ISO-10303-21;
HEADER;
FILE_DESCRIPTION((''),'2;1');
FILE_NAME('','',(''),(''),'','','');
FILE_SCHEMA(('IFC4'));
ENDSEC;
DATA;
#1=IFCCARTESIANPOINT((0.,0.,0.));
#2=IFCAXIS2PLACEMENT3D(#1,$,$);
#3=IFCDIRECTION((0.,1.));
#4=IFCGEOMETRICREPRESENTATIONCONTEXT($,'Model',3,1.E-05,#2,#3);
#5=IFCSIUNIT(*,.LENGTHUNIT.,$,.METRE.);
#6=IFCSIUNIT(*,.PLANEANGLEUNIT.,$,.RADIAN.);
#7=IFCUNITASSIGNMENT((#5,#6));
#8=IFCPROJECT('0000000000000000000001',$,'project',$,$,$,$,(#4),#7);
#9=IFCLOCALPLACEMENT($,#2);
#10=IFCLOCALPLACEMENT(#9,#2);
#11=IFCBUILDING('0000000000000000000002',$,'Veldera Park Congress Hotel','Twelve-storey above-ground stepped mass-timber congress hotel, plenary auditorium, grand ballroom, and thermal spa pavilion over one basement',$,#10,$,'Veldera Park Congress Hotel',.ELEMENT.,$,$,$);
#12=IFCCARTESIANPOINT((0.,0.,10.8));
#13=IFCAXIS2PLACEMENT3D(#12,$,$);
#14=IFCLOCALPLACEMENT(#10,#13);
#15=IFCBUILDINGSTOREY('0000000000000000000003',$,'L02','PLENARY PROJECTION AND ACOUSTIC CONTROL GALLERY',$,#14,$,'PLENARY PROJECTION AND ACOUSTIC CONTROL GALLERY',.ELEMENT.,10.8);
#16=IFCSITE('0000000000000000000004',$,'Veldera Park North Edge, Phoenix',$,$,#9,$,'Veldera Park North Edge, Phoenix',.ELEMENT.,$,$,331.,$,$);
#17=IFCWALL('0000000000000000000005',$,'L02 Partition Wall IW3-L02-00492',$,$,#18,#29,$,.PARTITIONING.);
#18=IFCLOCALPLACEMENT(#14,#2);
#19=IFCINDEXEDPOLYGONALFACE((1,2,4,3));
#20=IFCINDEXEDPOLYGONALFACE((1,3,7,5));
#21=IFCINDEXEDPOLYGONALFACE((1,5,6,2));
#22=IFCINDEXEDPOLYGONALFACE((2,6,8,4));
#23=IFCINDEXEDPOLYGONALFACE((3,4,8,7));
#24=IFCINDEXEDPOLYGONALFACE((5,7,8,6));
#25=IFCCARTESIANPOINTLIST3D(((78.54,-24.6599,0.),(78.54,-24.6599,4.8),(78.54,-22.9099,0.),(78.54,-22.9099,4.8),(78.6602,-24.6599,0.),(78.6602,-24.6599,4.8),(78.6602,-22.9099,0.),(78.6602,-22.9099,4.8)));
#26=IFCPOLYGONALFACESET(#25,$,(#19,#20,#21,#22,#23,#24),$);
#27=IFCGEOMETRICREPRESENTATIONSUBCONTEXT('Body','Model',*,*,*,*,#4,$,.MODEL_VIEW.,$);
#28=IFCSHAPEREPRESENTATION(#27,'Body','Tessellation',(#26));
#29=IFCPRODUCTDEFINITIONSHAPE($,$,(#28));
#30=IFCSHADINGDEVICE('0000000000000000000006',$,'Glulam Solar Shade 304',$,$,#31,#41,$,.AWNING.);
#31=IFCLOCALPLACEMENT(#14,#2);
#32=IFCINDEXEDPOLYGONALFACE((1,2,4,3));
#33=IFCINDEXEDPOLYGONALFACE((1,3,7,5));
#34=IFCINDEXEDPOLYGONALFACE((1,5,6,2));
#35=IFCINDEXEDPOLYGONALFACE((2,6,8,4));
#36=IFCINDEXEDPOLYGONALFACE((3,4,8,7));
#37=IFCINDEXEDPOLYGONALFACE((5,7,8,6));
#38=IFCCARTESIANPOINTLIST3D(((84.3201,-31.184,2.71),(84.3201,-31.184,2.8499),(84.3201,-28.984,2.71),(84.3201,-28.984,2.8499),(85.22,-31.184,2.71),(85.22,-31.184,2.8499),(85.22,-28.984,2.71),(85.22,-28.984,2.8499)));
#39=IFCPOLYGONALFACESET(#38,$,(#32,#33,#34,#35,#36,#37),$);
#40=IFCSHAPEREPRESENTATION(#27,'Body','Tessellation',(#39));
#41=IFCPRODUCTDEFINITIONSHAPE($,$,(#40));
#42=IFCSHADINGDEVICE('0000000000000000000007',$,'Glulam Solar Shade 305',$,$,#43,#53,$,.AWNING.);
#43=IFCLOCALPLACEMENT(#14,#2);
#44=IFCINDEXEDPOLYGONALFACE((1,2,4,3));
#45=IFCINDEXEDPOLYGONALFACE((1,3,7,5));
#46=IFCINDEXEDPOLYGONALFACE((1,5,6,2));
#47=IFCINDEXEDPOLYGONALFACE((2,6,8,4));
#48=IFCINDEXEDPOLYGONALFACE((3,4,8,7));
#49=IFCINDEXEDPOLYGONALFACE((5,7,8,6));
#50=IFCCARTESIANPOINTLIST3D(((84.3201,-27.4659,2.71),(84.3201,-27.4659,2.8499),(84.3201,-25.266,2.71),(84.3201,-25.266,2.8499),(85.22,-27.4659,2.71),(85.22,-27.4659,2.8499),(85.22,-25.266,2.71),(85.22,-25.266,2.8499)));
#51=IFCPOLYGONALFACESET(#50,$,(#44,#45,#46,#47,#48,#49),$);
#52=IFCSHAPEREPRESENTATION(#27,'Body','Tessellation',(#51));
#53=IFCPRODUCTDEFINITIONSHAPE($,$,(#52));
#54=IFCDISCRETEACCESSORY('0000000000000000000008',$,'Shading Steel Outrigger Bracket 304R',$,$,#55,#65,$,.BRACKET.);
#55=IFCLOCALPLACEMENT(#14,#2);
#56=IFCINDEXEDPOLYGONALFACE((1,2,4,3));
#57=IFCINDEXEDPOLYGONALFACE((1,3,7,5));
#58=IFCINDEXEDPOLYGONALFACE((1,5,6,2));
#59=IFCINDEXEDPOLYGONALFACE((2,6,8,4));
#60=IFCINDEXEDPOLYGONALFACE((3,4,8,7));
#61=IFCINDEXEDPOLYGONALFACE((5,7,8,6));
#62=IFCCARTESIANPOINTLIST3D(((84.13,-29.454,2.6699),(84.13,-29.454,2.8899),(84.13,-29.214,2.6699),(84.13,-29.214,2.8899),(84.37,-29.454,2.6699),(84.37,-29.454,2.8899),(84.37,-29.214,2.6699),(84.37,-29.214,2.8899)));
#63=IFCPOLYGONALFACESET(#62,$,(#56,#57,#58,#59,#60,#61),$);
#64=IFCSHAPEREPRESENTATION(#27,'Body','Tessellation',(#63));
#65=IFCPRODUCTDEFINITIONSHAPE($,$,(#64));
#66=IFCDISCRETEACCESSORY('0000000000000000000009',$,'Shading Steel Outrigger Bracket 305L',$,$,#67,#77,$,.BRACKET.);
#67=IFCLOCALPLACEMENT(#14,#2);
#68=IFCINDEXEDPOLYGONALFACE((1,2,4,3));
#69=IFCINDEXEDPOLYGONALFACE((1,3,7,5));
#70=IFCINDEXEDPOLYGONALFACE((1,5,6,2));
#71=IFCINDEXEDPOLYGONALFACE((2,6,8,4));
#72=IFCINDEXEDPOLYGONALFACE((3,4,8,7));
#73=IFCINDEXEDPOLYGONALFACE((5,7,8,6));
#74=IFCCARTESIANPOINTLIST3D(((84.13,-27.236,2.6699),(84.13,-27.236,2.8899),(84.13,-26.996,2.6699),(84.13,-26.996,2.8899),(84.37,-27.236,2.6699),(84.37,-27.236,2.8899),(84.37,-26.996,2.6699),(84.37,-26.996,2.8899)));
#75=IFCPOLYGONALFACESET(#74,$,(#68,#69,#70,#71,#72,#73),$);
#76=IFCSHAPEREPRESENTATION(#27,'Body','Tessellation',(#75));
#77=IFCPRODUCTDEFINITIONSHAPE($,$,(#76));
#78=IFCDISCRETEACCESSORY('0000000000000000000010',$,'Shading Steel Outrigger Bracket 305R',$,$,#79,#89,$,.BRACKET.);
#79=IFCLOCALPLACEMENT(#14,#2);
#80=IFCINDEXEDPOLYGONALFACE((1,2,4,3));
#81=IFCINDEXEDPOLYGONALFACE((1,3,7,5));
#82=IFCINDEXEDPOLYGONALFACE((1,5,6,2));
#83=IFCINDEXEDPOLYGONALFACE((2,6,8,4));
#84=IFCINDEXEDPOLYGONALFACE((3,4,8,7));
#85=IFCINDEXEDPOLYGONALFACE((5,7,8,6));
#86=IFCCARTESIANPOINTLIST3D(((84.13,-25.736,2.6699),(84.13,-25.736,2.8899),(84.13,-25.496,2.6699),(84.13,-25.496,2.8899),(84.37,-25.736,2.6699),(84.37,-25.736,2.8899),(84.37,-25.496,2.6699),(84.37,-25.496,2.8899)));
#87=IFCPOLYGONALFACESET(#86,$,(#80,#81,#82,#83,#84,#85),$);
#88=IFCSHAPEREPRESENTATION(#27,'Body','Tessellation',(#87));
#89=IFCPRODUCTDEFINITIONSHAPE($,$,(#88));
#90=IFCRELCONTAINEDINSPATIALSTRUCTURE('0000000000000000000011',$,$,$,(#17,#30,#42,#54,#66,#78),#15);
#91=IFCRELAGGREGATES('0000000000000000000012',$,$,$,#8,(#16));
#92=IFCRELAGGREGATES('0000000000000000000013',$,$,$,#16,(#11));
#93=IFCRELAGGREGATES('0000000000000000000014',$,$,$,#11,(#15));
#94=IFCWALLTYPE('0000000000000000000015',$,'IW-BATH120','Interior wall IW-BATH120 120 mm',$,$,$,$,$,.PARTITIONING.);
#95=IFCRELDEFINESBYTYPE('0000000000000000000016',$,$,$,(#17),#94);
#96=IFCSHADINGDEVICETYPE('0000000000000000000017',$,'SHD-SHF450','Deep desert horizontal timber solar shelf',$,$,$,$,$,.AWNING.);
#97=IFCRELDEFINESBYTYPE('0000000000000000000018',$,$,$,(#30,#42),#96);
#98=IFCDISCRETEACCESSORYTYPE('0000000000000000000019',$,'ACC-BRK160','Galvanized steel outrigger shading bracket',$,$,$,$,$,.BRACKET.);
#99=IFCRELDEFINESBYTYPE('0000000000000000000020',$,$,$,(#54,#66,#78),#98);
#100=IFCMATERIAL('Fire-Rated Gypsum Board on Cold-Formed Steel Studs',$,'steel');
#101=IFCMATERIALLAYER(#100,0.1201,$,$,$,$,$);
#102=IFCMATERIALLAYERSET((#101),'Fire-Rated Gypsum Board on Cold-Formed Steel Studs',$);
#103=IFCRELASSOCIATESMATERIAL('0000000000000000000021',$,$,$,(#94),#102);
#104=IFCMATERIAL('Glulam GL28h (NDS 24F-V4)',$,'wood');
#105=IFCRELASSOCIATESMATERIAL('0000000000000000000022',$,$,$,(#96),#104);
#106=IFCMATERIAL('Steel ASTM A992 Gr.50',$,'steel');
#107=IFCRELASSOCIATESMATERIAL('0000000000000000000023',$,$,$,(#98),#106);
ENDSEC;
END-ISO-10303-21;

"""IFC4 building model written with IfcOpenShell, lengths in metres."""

from ifc_helpers import new_model, si_unit, direction, frame, frame_2d, origin, origin_2d, place, context, subcontext, project, spatial, rectangle, extrude, material, layer, layer_set, type_object, element, save


model = new_model("IFC4")

# Units and contexts
model_context = context("Model", 3, precision=1e-05, world=origin(), true_north=direction((0.0, 1.0)))
body_context = subcontext(model_context, "Body", "Model", "MODEL_VIEW")
ifc_project = project(units=[si_unit("LENGTHUNIT", "METRE"), si_unit("PLANEANGLEUNIT", "RADIAN")], contexts=[model_context])

# Site, building, storey
site_placement = place(None, origin())
site = spatial("IfcSite", under=ifc_project, at=site_placement, Name="Veldera Park North Edge, Phoenix", LongName="Veldera Park North Edge, Phoenix", CompositionType="ELEMENT", RefElevation=331.0)
building_placement = place(site_placement, origin())
building = spatial("IfcBuilding", under=site, at=building_placement, Name="Veldera Park Congress Hotel", Description="Twelve-storey above-ground stepped mass-timber congress hotel, plenary auditorium, grand ballroom, and thermal spa pavilion over one basement", LongName="Veldera Park Congress Hotel", CompositionType="ELEMENT")
storey_placement = place(building_placement, frame((0.0, 0.0, 10.8)))
storey = spatial("IfcBuildingStorey", under=building, at=storey_placement, Name="L02", Description="PLENARY PROJECTION AND ACOUSTIC CONTROL GALLERY", LongName="PLENARY PROJECTION AND ACOUSTIC CONTROL GALLERY", CompositionType="ELEMENT", Elevation=10.8)

# Shared definitions
ifc_material_1 = material(Name="Glulam GL28h (NDS 24F-V4)", Category="wood")
ifc_material_2 = material(Name="Steel ASTM A992 Gr.50", Category="steel")

# Shared definitions
ifc_material_3 = material(Name="Fire-Rated Gypsum Board on Cold-Formed Steel Studs", Category="steel")
ifc_layer_1 = layer(ifc_material_3, 0.1201)
ifc_layer_set_1 = layer_set([ifc_layer_1], Name="Fire-Rated Gypsum Board on Cold-Formed Steel Studs")
wall_type_1 = type_object("IfcWallType", Name="IW-BATH120", Description="Interior wall IW-BATH120 120 mm", PredefinedType="PARTITIONING", material=ifc_layer_set_1)

# Wall
for number, where, z_axis, x_axis, name in (
    (1, (78.6001, -24.6599, 0.0), (0.0, 0.0, 1.0), (0.0, 1.0, 0.0), "L02 Partition Wall IW3-L02-00492"),
):
    element("IfcWall", number, at=place(storey_placement, frame(where, z_axis=z_axis, x_axis=x_axis)), inside=storey, type_object=wall_type_1, Name=name, PredefinedType="PARTITIONING", context=body_context, shape_type="SweptSolid", body=[
        extrude(rectangle(XDim=1.75, YDim=0.1201, at=frame_2d((0.875, 0.0))), origin(), (0.0, 0.0, 1.0), 4.8),
    ])

# Shading devices
shading_device_type = type_object("IfcShadingDeviceType", Name="SHD-SHF450", Description="Deep desert horizontal timber solar shelf", PredefinedType="AWNING", material=ifc_material_1)
for number, where, z_axis, x_axis, name in (
    (2, (84.77, -30.084, 2.71), (0.0, 0.0, 1.0), (0.0, 1.0, 0.0), "Glulam Solar Shade 304"),
    (3, (84.77, -26.366, 2.71), (0.0, 0.0, 1.0), (0.0, 1.0, 0.0), "Glulam Solar Shade 305"),
):
    element("IfcShadingDevice", number, at=place(storey_placement, frame(where, z_axis=z_axis, x_axis=x_axis)), inside=storey, type_object=shading_device_type, Name=name, PredefinedType="AWNING", context=body_context, shape_type="SweptSolid", body=[
        extrude(rectangle(XDim=2.2, YDim=0.8999, at=origin_2d()), origin(), (0.0, 0.0, 1.0), 0.1399),
    ])

# Discrete accessories
discrete_accessory_type = type_object("IfcDiscreteAccessoryType", Name="ACC-BRK160", Description="Galvanized steel outrigger shading bracket", PredefinedType="BRACKET", material=ifc_material_2)
for number, where, z_axis, x_axis, name in (
    (4, (84.25, -29.334, 2.6699), (0.0, 0.0, 1.0), (0.0, 1.0, 0.0), "Shading Steel Outrigger Bracket 304R"),
    (5, (84.25, -27.116, 2.6699), (0.0, 0.0, 1.0), (0.0, 1.0, 0.0), "Shading Steel Outrigger Bracket 305L"),
    (6, (84.25, -25.616, 2.6699), (0.0, 0.0, 1.0), (0.0, 1.0, 0.0), "Shading Steel Outrigger Bracket 305R"),
):
    element("IfcDiscreteAccessory", number, at=place(storey_placement, frame(where, z_axis=z_axis, x_axis=x_axis)), inside=storey, type_object=discrete_accessory_type, Name=name, PredefinedType="BRACKET", context=body_context, shape_type="SweptSolid", body=[
        extrude(rectangle(XDim=0.24, YDim=0.24, at=origin_2d()), origin(), (0.0, 0.0, 1.0), 0.22),
    ])

save(model, "model.ifc")
